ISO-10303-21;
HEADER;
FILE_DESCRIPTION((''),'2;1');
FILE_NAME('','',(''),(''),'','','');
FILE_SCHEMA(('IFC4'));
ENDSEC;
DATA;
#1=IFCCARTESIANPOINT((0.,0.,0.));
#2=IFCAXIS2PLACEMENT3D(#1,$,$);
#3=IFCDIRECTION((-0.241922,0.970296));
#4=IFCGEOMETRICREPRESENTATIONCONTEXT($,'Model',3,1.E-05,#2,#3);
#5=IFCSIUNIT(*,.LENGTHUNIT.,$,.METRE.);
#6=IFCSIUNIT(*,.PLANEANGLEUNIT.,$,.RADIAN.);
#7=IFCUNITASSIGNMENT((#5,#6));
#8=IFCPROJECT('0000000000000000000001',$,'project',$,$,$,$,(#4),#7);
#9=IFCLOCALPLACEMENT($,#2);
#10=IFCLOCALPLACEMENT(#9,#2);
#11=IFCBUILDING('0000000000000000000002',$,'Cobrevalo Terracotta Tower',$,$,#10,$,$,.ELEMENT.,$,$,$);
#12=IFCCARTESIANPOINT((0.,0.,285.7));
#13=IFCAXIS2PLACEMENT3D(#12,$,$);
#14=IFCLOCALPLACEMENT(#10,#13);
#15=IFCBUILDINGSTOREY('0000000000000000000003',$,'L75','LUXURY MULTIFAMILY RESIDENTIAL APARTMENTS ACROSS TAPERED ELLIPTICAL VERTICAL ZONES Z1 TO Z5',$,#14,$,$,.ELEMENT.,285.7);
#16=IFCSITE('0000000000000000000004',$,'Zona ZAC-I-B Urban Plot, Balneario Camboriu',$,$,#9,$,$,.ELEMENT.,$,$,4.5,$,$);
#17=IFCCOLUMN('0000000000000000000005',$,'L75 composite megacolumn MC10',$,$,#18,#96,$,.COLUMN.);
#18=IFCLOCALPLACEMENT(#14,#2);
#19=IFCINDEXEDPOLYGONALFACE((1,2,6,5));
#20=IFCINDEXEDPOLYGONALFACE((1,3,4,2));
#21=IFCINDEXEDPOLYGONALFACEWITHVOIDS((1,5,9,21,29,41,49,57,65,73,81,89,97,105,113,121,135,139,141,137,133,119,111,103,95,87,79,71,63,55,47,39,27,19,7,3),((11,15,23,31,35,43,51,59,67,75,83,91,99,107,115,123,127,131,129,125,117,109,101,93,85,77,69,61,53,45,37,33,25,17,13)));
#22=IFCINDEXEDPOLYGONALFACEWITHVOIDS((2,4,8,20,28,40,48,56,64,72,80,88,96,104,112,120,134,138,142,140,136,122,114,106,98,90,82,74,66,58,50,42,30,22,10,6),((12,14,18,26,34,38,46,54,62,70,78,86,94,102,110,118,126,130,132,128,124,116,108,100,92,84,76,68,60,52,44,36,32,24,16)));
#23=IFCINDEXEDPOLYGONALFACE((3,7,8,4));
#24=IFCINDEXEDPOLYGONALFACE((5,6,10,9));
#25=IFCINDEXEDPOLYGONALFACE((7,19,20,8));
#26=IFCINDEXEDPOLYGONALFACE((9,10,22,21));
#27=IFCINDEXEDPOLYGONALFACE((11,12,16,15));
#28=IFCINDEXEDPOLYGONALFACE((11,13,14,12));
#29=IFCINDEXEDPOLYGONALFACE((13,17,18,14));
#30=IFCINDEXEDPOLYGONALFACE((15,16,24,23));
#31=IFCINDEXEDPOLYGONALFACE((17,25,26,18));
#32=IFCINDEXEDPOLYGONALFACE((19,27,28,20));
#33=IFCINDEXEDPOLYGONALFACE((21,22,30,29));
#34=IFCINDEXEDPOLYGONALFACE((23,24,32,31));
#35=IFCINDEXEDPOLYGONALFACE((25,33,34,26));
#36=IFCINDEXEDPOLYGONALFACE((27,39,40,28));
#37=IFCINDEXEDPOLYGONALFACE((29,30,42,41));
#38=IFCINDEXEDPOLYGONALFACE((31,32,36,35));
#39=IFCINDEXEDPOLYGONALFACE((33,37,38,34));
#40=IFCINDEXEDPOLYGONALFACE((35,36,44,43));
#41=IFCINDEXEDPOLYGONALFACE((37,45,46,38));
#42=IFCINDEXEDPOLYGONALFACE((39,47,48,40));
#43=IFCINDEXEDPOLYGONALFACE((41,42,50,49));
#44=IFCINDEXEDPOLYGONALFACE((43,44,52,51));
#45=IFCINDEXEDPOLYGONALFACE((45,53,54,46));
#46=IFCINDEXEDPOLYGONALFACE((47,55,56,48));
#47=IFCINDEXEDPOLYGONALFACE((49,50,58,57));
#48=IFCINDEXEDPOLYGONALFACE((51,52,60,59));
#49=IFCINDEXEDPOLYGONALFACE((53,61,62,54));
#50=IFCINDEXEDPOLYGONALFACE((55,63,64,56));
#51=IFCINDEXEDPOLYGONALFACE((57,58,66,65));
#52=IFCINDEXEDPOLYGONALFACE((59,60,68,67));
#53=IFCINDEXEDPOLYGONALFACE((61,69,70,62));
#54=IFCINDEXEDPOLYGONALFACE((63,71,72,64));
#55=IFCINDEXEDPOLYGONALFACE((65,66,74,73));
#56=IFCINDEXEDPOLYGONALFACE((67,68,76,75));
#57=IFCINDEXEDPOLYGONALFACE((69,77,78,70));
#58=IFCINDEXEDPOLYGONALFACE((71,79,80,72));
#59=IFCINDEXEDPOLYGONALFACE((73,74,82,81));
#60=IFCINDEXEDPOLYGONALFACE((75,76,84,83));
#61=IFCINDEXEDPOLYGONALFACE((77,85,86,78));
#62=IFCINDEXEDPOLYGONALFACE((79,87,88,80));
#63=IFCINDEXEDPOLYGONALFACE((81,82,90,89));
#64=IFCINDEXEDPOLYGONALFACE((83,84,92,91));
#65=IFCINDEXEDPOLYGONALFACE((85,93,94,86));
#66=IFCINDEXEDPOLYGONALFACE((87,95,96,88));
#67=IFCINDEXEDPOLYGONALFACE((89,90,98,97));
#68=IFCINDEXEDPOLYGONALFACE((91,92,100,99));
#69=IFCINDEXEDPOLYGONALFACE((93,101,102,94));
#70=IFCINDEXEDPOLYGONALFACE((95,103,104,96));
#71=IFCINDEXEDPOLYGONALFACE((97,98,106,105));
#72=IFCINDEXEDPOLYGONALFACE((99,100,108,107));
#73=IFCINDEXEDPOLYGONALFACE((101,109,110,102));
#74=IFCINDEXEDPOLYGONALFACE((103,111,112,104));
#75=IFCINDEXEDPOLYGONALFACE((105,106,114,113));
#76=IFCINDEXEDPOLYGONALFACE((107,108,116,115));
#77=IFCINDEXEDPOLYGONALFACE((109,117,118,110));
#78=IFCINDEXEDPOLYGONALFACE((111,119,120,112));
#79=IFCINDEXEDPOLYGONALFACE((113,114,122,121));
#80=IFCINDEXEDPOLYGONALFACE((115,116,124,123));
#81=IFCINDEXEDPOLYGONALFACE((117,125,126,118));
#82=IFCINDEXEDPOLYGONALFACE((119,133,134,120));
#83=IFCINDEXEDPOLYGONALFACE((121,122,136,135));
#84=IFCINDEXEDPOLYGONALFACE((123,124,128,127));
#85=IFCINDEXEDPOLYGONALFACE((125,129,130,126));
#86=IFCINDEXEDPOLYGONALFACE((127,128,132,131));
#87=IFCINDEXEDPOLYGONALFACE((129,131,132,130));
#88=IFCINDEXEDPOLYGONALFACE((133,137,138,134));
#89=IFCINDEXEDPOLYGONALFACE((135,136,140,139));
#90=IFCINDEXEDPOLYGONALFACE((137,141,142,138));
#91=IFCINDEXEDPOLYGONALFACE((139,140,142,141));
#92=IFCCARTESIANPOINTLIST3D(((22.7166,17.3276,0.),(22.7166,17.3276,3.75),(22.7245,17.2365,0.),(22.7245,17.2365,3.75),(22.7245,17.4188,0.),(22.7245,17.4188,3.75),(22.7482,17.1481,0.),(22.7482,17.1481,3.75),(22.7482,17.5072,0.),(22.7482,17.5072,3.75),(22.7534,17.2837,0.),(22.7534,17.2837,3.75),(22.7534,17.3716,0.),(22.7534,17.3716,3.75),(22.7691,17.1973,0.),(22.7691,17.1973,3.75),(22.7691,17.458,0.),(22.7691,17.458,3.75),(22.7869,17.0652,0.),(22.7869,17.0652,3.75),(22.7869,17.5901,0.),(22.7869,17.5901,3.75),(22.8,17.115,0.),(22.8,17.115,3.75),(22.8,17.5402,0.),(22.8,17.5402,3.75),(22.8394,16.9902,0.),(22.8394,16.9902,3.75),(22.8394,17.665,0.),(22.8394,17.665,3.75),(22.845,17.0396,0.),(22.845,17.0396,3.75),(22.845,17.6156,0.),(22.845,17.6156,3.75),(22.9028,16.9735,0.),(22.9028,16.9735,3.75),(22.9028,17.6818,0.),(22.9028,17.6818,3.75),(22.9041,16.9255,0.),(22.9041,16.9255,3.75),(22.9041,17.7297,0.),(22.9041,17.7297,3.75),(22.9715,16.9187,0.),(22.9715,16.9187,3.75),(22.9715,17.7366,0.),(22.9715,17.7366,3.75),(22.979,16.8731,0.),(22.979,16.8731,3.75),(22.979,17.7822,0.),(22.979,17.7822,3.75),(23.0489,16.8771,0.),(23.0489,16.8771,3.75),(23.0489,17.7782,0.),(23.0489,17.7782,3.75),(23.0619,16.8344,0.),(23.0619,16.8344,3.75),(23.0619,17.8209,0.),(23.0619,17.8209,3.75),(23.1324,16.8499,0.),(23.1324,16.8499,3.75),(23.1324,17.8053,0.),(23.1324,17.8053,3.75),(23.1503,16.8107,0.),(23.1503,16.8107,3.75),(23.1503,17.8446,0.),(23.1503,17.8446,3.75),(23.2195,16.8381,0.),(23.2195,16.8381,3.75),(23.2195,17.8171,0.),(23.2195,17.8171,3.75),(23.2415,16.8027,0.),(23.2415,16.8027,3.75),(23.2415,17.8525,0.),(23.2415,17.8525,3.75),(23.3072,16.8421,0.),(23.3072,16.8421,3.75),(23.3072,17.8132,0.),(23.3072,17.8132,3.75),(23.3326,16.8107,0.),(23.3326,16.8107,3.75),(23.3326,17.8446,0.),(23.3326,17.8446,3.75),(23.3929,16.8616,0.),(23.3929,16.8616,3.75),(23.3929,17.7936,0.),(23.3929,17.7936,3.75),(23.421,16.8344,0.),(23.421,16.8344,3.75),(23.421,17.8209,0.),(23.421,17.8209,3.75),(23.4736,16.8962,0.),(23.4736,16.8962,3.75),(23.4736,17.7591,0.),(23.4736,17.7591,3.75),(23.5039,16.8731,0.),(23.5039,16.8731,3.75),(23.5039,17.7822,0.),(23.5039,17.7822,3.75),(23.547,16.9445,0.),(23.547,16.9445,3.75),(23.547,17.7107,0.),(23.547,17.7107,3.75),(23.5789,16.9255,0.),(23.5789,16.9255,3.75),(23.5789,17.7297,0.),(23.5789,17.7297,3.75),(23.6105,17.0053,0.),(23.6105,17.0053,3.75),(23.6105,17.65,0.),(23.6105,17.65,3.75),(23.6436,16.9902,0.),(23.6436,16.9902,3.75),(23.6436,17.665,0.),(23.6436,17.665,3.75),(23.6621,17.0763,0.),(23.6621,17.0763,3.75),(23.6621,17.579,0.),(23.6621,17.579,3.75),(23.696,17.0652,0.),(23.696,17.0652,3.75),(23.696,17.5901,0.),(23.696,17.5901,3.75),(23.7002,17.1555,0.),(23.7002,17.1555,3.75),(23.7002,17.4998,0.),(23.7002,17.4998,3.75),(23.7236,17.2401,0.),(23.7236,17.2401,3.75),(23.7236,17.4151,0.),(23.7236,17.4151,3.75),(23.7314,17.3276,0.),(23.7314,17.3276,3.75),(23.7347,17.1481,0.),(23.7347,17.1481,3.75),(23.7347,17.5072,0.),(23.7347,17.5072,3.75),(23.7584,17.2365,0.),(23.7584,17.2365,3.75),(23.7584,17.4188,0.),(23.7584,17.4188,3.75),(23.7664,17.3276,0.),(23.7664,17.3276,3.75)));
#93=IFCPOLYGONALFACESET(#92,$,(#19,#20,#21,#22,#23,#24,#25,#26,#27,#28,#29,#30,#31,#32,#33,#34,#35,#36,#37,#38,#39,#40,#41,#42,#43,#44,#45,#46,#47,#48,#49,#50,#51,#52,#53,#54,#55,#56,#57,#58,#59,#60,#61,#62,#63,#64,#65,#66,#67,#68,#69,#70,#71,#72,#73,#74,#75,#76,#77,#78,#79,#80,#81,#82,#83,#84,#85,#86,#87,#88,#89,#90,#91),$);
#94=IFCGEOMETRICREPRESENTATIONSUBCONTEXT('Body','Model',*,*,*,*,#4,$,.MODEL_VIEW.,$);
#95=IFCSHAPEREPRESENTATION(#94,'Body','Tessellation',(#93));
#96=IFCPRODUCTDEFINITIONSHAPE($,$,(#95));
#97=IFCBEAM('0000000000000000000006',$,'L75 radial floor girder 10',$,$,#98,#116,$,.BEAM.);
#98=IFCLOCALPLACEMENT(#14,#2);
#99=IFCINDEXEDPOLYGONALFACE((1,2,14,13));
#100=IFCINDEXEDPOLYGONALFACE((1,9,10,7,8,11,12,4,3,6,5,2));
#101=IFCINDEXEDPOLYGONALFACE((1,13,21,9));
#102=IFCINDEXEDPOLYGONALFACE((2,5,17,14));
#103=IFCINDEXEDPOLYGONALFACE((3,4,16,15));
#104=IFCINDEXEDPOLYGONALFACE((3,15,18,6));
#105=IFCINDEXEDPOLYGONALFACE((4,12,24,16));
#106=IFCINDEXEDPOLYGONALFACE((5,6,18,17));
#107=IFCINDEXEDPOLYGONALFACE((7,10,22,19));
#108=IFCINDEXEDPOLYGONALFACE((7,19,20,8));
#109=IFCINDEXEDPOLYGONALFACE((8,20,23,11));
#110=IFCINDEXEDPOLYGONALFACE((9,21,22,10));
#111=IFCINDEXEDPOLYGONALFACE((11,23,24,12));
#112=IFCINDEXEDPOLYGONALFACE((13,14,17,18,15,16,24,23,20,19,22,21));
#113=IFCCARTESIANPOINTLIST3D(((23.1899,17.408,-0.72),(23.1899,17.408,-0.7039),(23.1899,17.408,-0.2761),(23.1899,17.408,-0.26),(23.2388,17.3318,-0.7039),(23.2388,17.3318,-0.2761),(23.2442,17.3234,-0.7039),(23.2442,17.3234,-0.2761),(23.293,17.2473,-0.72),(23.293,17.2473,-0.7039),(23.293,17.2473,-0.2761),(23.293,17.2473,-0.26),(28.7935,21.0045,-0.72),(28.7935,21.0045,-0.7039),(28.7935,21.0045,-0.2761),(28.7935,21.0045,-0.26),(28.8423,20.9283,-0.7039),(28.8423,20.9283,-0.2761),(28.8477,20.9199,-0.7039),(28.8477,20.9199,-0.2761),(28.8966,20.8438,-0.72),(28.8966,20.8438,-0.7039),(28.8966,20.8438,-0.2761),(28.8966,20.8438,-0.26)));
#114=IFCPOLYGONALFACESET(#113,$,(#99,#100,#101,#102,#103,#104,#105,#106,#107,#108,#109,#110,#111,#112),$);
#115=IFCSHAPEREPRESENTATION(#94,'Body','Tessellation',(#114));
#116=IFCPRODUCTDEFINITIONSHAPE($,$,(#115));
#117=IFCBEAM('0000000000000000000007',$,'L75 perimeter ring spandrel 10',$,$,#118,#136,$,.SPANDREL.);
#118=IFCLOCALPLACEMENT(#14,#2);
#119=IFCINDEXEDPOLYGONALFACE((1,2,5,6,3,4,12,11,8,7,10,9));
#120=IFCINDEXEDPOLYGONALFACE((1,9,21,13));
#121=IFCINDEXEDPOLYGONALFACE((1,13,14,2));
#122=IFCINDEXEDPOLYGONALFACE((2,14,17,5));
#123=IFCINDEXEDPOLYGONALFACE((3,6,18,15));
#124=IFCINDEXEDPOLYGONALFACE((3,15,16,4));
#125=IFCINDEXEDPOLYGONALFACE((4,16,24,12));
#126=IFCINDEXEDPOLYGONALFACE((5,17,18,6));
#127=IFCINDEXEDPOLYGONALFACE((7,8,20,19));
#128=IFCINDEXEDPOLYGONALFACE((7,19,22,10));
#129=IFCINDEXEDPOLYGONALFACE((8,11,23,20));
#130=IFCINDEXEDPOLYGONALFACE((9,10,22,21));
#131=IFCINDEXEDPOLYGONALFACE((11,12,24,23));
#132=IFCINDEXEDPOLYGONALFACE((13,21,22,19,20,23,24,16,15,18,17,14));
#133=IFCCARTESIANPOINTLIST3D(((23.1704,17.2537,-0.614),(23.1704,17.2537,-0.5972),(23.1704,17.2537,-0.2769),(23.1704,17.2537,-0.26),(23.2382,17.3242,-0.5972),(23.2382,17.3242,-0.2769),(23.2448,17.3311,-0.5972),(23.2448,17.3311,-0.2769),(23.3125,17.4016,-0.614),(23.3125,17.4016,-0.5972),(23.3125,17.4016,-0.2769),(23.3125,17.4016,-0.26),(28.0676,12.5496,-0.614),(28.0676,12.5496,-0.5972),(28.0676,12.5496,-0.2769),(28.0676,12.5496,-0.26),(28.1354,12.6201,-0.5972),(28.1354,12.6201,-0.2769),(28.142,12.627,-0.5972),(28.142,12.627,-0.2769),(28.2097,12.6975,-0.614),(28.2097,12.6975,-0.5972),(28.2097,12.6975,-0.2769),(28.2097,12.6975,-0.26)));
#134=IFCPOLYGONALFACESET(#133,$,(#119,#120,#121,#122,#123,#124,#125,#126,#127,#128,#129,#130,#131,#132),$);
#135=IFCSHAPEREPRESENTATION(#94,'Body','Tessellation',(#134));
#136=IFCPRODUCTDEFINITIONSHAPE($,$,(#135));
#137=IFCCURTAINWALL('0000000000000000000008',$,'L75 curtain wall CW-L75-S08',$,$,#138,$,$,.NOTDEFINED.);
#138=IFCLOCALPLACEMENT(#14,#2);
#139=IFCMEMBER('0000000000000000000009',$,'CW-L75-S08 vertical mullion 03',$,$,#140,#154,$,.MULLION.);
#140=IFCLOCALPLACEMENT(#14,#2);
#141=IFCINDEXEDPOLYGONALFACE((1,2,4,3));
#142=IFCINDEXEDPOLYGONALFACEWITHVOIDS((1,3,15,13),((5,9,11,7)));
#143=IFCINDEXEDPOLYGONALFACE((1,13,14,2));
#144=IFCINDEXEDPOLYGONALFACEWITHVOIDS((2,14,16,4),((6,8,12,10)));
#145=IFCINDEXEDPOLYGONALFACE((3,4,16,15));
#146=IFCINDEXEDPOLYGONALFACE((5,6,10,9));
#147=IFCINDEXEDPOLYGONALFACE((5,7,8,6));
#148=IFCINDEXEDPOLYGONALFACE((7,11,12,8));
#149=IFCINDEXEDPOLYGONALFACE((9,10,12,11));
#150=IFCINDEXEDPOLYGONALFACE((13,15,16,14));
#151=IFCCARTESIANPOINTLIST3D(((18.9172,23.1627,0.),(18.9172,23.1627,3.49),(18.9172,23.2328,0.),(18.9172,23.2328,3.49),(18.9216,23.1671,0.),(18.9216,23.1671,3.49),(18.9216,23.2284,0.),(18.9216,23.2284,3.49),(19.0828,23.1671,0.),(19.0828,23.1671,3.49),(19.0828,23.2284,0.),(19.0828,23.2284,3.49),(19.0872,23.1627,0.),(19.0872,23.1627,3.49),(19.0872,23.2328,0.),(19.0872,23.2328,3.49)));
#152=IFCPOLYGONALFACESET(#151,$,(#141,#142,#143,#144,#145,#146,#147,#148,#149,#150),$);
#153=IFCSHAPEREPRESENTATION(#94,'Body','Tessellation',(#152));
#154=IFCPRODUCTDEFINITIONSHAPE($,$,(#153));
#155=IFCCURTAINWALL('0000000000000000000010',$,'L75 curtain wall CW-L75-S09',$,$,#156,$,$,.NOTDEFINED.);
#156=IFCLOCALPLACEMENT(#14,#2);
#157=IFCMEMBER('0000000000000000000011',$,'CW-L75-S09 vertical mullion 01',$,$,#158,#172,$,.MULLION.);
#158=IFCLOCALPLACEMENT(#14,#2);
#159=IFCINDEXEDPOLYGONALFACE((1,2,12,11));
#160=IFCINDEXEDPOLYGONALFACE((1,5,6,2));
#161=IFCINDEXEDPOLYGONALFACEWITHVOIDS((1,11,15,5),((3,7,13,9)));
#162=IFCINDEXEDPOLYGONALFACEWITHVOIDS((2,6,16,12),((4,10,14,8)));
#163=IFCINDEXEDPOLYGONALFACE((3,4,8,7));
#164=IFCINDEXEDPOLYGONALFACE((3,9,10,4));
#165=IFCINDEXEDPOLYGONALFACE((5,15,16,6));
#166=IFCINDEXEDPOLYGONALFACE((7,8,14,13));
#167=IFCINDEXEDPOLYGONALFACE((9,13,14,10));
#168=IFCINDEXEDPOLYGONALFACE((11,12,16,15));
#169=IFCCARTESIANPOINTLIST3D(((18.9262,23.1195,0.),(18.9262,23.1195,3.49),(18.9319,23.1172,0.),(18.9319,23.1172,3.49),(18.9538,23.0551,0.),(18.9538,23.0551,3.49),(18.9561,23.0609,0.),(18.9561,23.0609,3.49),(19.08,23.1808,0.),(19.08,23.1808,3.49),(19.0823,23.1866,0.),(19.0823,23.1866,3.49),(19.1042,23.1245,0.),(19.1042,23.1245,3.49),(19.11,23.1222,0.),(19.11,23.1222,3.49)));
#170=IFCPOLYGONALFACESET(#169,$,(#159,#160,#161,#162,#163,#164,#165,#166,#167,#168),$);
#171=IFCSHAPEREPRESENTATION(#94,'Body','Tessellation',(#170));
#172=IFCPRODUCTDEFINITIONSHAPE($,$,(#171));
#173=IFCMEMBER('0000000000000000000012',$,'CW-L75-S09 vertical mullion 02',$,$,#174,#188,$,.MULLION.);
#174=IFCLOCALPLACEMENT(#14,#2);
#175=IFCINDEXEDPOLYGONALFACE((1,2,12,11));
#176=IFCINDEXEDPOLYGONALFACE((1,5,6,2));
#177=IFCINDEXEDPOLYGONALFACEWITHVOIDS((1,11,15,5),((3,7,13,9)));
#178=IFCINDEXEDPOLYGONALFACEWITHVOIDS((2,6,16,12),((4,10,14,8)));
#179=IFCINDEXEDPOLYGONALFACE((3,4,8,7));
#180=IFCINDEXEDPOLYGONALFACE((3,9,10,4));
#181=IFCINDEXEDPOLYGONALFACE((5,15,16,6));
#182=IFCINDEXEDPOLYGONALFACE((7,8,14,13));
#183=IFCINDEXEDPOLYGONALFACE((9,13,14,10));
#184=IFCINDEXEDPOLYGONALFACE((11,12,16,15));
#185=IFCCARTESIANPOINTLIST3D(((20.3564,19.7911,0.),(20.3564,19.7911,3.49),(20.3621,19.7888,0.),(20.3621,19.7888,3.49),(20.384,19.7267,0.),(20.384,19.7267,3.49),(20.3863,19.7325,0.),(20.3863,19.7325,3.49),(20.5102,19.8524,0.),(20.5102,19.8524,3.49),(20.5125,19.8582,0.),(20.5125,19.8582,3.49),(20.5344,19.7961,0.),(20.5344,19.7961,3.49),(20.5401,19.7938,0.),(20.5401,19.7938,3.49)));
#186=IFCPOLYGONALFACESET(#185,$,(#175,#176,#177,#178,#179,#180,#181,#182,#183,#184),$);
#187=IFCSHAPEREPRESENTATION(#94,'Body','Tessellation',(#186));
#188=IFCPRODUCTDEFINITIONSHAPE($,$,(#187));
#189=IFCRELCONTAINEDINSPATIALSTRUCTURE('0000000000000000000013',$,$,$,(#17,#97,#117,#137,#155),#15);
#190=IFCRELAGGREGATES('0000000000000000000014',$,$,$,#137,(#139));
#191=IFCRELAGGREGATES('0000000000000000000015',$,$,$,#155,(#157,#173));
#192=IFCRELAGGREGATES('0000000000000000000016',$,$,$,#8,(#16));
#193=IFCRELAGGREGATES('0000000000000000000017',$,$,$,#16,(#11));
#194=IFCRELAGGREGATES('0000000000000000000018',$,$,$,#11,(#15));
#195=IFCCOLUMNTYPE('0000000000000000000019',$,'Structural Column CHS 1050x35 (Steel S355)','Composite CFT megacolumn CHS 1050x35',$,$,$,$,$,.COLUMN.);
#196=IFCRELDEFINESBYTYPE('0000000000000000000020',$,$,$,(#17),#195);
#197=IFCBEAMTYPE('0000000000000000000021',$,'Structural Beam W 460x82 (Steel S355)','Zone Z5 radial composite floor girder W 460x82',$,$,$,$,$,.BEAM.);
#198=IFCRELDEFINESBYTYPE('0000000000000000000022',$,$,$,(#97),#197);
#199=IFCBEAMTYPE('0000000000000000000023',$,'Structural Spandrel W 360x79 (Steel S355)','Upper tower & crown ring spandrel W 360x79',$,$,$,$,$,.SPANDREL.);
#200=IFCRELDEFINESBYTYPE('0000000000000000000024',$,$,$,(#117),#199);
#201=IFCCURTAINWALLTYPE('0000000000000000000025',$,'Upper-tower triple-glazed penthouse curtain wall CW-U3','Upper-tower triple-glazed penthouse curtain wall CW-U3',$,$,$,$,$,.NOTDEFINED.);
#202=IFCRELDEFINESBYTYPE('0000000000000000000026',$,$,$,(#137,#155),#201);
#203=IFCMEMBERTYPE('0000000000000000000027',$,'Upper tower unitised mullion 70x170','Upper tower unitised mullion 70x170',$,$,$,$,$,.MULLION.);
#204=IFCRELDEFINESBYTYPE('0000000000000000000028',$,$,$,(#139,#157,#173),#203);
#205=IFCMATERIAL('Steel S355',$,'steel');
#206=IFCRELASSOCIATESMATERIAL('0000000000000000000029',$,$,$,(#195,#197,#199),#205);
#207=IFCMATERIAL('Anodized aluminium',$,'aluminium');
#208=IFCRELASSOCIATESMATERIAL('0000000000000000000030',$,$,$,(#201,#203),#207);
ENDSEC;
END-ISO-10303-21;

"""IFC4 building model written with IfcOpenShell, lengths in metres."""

from ifc_helpers import new_model, si_unit, direction, frame, origin, origin_2d, place, context, subcontext, project, spatial, hollow_rectangle, hollow_circle, i_section, extrude, source, transform, mapped, material, material_profile, profile_set, type_object, element, aggregate, save


model = new_model("IFC4")

# Units and contexts
model_context = context("Model", 3, precision=1e-05, world=origin(), true_north=direction((-0.241922, 0.970296)))
body_context = subcontext(model_context, "Body", "Model", "MODEL_VIEW")
ifc_project = project(units=[si_unit("LENGTHUNIT", "METRE"), si_unit("PLANEANGLEUNIT", "RADIAN")], contexts=[model_context])

# Site, building, storey
site_placement = place(None, origin())
site = spatial("IfcSite", under=ifc_project, at=site_placement, Name="Zona ZAC-I-B Urban Plot, Balneario Camboriu", CompositionType="ELEMENT", RefElevation=4.5)
building_placement = place(site_placement, origin())
building = spatial("IfcBuilding", under=site, at=building_placement, Name="Cobrevalo Terracotta Tower", CompositionType="ELEMENT")
storey_placement = place(building_placement, frame((0.0, 0.0, 285.7)))
storey = spatial("IfcBuildingStorey", under=building, at=storey_placement, Name="L75", Description="LUXURY MULTIFAMILY RESIDENTIAL APARTMENTS ACROSS TAPERED ELLIPTICAL VERTICAL ZONES Z1 TO Z5", CompositionType="ELEMENT", Elevation=285.7)

# Column
ifc_material_1 = material(Name="Steel S355", Category="steel")
ifc_material_profile_1 = material_profile(ifc_material_1, hollow_circle(Radius=0.5249, WallThickness=0.0349, at=origin_2d()), Name="CHS 1050x35")
ifc_profile_set_1 = profile_set([ifc_material_profile_1], Name="Steel S355")
column_type = type_object("IfcColumnType", Name="Structural Column CHS 1050x35 (Steel S355)", Description="Composite CFT megacolumn CHS 1050x35", PredefinedType="COLUMN", material=ifc_profile_set_1)
column_placement = place(storey_placement, frame((23.2415, 17.3276, 0.0), z_axis=(0.0, 0.0, 1.0), x_axis=(1.0, 0.0, 0.0)))
element("IfcColumn", 1, at=column_placement, inside=storey, type_object=column_type, Name="L75 composite megacolumn MC10", PredefinedType="COLUMN", context=body_context, shape_type="SweptSolid", body=[
    extrude(hollow_circle(Radius=0.5249, WallThickness=0.0349, at=origin_2d()), origin(), (0.0, 0.0, 1.0), 3.75),
])

# Beams
ifc_material_profile_2 = material_profile(ifc_material_1, i_section(OverallWidth=0.1909, OverallDepth=0.46, WebThickness=0.01, FlangeThickness=0.0161, at=origin_2d()), Name="W 460x82")
ifc_profile_set_2 = profile_set([ifc_material_profile_2], Name="Steel S355")
beam_type_1 = type_object("IfcBeamType", Name="Structural Beam W 460x82 (Steel S355)", Description="Zone Z5 radial composite floor girder W 460x82", PredefinedType="BEAM", material=ifc_profile_set_2)
beam_1_placement = place(storey_placement, frame((23.2415, 17.3276, -0.49), z_axis=(0.841576, 0.540138, 0.0), x_axis=(-0.540138, 0.841576, 0.0)))
element("IfcBeam", 2, at=beam_1_placement, inside=storey, type_object=beam_type_1, Name="L75 radial floor girder 10", PredefinedType="BEAM", context=body_context, shape_type="SweptSolid", body=[
    extrude(i_section(OverallWidth=0.1909, OverallDepth=0.46, WebThickness=0.01, FlangeThickness=0.0161, at=origin_2d()), origin(), (0.0, 0.0, 1.0), 6.6584),
])
ifc_material_profile_3 = material_profile(ifc_material_1, i_section(OverallWidth=0.2051, OverallDepth=0.354, WebThickness=0.0095, FlangeThickness=0.0168, at=origin_2d()), Name="W 360x79")
ifc_profile_set_3 = profile_set([ifc_material_profile_3], Name="Steel S355")
beam_type_2 = type_object("IfcBeamType", Name="Structural Spandrel W 360x79 (Steel S355)", Description="Upper tower & crown ring spandrel W 360x79", PredefinedType="SPANDREL", material=ifc_profile_set_3)
beam_2_placement = place(storey_placement, frame((23.2415, 17.3276, -0.437), z_axis=(0.721183, -0.692744, 0.0), x_axis=(0.692744, 0.721183, 0.0)))
element("IfcBeam", 3, at=beam_2_placement, inside=storey, type_object=beam_type_2, Name="L75 perimeter ring spandrel 10", PredefinedType="SPANDREL", context=body_context, shape_type="SweptSolid", body=[
    extrude(i_section(OverallWidth=0.2051, OverallDepth=0.354, WebThickness=0.0095, FlangeThickness=0.0168, at=origin_2d()), origin(), (0.0, 0.0, 1.0), 6.7905),
])

# Curtain wall, member
ifc_material_2 = material(Name="Anodized aluminium", Category="aluminium")
curtain_wall_type = type_object("IfcCurtainWallType", Name="Upper-tower triple-glazed penthouse curtain wall CW-U3", Description="Upper-tower triple-glazed penthouse curtain wall CW-U3", PredefinedType="NOTDEFINED", material=ifc_material_2)
curtain_wall_1_placement = place(storey_placement, origin())
curtain_wall_1 = element("IfcCurtainWall", 4, at=curtain_wall_1_placement, inside=storey, type_object=curtain_wall_type, Name="L75 curtain wall CW-L75-S08", PredefinedType="NOTDEFINED")
ifc_material_profile_4 = material_profile(ifc_material_2, hollow_rectangle(XDim=0.0701, YDim=0.1699, WallThickness=0.0044, at=origin_2d()), Name="CWM 70x170")
ifc_profile_set_4 = profile_set([ifc_material_profile_4], Name="Anodized aluminium")
member_type_1 = type_object("IfcMemberType", Name="Upper tower unitised mullion 70x170", Description="Upper tower unitised mullion 70x170", PredefinedType="MULLION", material=ifc_profile_set_4)
shared_shape_1 = source(origin(), body_context, "Body", "SweptSolid", [
    extrude(hollow_rectangle(XDim=0.0701, YDim=0.1699, WallThickness=0.0044, at=origin_2d()), origin(), (0.0, 0.0, 1.0), 3.49),
])
member_1_placement = place(storey_placement, frame((19.0022, 23.1978, 0.0), z_axis=(0.0, 0.0, 1.0), x_axis=(0.0, -1.0, 0.0)))
member_1 = element("IfcMember", 5, at=member_1_placement, type_object=member_type_1, Name="CW-L75-S08 vertical mullion 03", PredefinedType="MULLION", context=body_context, shape_type="MappedRepresentation", body=[
    mapped(shared_shape_1, transform((0.0, 0.0, 0.0), scale=1.0)),
])
aggregate(curtain_wall_1, [member_1])

# Curtain wall, members
curtain_wall_2_placement = place(storey_placement, origin())
curtain_wall_2 = element("IfcCurtainWall", 6, at=curtain_wall_2_placement, inside=storey, type_object=curtain_wall_type, Name="L75 curtain wall CW-L75-S09", PredefinedType="NOTDEFINED")
member_2_placement = place(storey_placement, frame((19.0181, 23.1208, 0.0), z_axis=(0.0, 0.0, 1.0), x_axis=(0.394824, -0.918757, 0.0)))
member_2 = element("IfcMember", 7, at=member_2_placement, type_object=member_type_1, Name="CW-L75-S09 vertical mullion 01", PredefinedType="MULLION", context=body_context, shape_type="MappedRepresentation", body=[
    mapped(shared_shape_1, transform((0.0, 0.0, 0.0), scale=1.0)),
])
member_3_placement = place(storey_placement, frame((20.4482, 19.7925, 0.0), z_axis=(0.0, 0.0, 1.0), x_axis=(0.394824, -0.918757, 0.0)))
member_3 = element("IfcMember", 8, at=member_3_placement, type_object=member_type_1, Name="CW-L75-S09 vertical mullion 02", PredefinedType="MULLION", context=body_context, shape_type="MappedRepresentation", body=[
    mapped(shared_shape_1, transform((0.0, 0.0, 0.0), scale=1.0)),
])
aggregate(curtain_wall_2, [member_2, member_3])

save(model, "model.ifc")
